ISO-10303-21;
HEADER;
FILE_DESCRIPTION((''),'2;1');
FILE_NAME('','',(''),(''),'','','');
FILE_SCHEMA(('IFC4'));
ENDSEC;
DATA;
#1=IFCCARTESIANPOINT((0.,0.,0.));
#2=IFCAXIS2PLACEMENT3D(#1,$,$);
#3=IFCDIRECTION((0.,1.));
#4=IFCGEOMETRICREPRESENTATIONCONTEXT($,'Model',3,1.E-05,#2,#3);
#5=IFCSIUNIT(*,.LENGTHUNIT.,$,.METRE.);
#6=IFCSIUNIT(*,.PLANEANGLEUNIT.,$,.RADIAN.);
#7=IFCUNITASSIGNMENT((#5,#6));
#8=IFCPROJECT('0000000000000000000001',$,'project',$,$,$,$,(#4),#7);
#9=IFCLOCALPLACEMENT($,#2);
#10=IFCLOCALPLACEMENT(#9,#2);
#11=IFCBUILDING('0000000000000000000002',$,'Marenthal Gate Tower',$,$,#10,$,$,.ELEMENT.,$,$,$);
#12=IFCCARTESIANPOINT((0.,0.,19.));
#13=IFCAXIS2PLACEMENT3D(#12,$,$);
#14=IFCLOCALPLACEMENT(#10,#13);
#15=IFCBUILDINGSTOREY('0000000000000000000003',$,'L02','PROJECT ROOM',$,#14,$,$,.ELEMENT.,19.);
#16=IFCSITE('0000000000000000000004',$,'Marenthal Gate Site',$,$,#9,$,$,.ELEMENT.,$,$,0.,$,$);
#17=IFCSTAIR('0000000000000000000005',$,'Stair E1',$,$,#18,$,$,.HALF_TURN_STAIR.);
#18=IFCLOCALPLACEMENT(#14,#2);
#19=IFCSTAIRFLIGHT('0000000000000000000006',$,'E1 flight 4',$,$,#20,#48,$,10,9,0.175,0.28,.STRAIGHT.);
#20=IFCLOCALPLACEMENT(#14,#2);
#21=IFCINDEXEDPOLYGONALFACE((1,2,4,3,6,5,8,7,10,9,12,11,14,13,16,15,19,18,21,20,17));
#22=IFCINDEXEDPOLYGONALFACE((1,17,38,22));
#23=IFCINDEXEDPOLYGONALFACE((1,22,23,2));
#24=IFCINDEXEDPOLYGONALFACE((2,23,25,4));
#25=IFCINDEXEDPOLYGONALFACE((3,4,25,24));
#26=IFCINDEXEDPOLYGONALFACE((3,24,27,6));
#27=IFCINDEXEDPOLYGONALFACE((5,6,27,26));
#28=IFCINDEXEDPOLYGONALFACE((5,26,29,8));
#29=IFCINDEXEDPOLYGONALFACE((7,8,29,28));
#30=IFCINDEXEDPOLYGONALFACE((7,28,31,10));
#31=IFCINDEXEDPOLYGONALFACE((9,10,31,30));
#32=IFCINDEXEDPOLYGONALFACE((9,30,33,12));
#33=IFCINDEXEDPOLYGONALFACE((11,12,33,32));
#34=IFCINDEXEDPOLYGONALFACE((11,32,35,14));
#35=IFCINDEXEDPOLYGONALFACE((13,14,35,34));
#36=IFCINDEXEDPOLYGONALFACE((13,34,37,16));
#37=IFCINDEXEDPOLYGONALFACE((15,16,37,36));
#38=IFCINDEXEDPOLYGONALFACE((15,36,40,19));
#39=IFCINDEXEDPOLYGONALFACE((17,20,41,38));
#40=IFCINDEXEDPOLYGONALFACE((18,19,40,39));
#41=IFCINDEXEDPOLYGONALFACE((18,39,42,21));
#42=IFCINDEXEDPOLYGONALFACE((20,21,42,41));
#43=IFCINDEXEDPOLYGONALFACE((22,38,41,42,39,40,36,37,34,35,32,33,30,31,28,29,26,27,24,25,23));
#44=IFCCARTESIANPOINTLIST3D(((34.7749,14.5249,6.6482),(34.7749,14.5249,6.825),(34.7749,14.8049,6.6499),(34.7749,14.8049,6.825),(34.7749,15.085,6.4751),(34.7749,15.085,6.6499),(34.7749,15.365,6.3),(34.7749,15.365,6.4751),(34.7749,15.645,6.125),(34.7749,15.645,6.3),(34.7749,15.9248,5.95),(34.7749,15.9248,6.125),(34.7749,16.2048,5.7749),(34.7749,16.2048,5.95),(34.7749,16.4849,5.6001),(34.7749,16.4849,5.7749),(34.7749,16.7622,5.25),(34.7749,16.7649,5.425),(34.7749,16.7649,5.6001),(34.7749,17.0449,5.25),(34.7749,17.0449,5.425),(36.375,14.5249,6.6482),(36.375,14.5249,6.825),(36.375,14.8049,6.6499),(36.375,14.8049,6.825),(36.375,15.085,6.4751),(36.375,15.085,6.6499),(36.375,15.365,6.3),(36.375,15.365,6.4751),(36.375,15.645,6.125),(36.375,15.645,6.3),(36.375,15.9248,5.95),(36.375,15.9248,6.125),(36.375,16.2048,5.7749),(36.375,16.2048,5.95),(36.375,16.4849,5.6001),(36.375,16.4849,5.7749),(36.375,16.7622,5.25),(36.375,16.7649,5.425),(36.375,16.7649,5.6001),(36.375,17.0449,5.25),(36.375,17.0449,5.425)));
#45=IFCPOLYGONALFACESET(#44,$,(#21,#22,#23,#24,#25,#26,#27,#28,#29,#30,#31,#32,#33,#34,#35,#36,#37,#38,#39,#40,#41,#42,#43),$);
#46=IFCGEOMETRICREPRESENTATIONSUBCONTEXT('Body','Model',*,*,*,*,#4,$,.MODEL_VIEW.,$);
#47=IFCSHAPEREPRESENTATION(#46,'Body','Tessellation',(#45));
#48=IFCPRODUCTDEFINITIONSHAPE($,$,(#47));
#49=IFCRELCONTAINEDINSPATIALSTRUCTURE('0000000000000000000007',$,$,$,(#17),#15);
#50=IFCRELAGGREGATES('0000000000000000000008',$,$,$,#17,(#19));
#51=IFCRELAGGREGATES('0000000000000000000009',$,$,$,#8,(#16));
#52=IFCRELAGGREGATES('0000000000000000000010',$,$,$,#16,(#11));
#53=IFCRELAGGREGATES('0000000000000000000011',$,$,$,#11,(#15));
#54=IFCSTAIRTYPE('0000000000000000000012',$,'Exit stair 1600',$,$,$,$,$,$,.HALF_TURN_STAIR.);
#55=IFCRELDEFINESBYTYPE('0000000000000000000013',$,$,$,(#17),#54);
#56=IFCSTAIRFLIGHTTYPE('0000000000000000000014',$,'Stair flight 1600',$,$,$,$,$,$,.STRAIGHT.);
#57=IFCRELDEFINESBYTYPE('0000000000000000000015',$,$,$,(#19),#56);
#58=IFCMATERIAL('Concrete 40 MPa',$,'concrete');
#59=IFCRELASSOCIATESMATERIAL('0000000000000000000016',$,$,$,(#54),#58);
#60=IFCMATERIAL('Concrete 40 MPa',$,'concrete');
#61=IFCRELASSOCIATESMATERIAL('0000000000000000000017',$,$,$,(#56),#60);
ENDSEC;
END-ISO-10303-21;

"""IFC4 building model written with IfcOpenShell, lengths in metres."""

from ifc_helpers import new_model, si_unit, direction, frame, origin, place, context, subcontext, project, spatial, polyline, outline, extrude, material, type_object, element, aggregate, save


model = new_model("IFC4")

# Units and contexts
model_context = context("Model", 3, precision=1e-05, world=origin(), true_north=direction((0.0, 1.0)))
body_context = subcontext(model_context, "Body", "Model", "MODEL_VIEW")
ifc_project = project(units=[si_unit("LENGTHUNIT", "METRE"), si_unit("PLANEANGLEUNIT", "RADIAN")], contexts=[model_context])

# Site, building, storey
site_placement = place(None, origin())
site = spatial("IfcSite", under=ifc_project, at=site_placement, Name="Marenthal Gate Site", CompositionType="ELEMENT", RefElevation=0.0)
building_placement = place(site_placement, origin())
building = spatial("IfcBuilding", under=site, at=building_placement, Name="Marenthal Gate Tower", CompositionType="ELEMENT")
storey_placement = place(building_placement, frame((0.0, 0.0, 19.0)))
storey = spatial("IfcBuildingStorey", under=building, at=storey_placement, Name="L02", Description="PROJECT ROOM", CompositionType="ELEMENT", Elevation=19.0)

# Stair, stair flight
ifc_material_1 = material(Name="Concrete 40 MPa", Category="concrete")
stair_type = type_object("IfcStairType", Name="Exit stair 1600", PredefinedType="HALF_TURN_STAIR", material=ifc_material_1)
stair_placement = place(storey_placement, origin())
stair = element("IfcStair", 1, at=stair_placement, inside=storey, type_object=stair_type, Name="Stair E1", PredefinedType="HALF_TURN_STAIR")
ifc_material_2 = material(Name="Concrete 40 MPa", Category="concrete")
stair_flight_type = type_object("IfcStairFlightType", Name="Stair flight 1600", PredefinedType="STRAIGHT", material=ifc_material_2)
stair_flight_1_placement = place(storey_placement, frame((35.575, 17.0449, 5.25), z_axis=(0.0, 0.0, 1.0), x_axis=(0.0, -1.0, 0.0)))
stair_flight_1 = element("IfcStairFlight", 2, at=stair_flight_1_placement, type_object=stair_flight_type, Name="E1 flight 4", NumberOfRisers=10, NumberOfTreads=9, PredefinedType="STRAIGHT", RiserHeight=0.175, TreadLength=0.28, context=body_context, shape_type="SweptSolid", body=[
    extrude(outline(polyline([(0.0, 0.0), (0.0, 0.175), (0.28, 0.175), (0.28, 0.3501), (0.5601, 0.3501), (0.5601, 0.5249), (0.8401, 0.5249), (0.8401, 0.7), (1.1201, 0.7), (1.1201, 0.875), (1.3999, 0.875), (1.3999, 1.05), (1.6799, 1.05), (1.6799, 1.2251), (1.96, 1.2251), (1.96, 1.3999), (2.24, 1.3999), (2.24, 1.575), (2.52, 1.575), (2.52, 1.75), (2.52, 1.3982), (0.2827, 0.0), (0.0, 0.0)])), frame((0.0, 0.8, 0.0), z_axis=(0.0, -1.0, 0.0), x_axis=(1.0, 0.0, 0.0)), (0.0, 0.0, 1.0), 1.6001),
])
aggregate(stair, [stair_flight_1])

save(model, "model.ifc")
